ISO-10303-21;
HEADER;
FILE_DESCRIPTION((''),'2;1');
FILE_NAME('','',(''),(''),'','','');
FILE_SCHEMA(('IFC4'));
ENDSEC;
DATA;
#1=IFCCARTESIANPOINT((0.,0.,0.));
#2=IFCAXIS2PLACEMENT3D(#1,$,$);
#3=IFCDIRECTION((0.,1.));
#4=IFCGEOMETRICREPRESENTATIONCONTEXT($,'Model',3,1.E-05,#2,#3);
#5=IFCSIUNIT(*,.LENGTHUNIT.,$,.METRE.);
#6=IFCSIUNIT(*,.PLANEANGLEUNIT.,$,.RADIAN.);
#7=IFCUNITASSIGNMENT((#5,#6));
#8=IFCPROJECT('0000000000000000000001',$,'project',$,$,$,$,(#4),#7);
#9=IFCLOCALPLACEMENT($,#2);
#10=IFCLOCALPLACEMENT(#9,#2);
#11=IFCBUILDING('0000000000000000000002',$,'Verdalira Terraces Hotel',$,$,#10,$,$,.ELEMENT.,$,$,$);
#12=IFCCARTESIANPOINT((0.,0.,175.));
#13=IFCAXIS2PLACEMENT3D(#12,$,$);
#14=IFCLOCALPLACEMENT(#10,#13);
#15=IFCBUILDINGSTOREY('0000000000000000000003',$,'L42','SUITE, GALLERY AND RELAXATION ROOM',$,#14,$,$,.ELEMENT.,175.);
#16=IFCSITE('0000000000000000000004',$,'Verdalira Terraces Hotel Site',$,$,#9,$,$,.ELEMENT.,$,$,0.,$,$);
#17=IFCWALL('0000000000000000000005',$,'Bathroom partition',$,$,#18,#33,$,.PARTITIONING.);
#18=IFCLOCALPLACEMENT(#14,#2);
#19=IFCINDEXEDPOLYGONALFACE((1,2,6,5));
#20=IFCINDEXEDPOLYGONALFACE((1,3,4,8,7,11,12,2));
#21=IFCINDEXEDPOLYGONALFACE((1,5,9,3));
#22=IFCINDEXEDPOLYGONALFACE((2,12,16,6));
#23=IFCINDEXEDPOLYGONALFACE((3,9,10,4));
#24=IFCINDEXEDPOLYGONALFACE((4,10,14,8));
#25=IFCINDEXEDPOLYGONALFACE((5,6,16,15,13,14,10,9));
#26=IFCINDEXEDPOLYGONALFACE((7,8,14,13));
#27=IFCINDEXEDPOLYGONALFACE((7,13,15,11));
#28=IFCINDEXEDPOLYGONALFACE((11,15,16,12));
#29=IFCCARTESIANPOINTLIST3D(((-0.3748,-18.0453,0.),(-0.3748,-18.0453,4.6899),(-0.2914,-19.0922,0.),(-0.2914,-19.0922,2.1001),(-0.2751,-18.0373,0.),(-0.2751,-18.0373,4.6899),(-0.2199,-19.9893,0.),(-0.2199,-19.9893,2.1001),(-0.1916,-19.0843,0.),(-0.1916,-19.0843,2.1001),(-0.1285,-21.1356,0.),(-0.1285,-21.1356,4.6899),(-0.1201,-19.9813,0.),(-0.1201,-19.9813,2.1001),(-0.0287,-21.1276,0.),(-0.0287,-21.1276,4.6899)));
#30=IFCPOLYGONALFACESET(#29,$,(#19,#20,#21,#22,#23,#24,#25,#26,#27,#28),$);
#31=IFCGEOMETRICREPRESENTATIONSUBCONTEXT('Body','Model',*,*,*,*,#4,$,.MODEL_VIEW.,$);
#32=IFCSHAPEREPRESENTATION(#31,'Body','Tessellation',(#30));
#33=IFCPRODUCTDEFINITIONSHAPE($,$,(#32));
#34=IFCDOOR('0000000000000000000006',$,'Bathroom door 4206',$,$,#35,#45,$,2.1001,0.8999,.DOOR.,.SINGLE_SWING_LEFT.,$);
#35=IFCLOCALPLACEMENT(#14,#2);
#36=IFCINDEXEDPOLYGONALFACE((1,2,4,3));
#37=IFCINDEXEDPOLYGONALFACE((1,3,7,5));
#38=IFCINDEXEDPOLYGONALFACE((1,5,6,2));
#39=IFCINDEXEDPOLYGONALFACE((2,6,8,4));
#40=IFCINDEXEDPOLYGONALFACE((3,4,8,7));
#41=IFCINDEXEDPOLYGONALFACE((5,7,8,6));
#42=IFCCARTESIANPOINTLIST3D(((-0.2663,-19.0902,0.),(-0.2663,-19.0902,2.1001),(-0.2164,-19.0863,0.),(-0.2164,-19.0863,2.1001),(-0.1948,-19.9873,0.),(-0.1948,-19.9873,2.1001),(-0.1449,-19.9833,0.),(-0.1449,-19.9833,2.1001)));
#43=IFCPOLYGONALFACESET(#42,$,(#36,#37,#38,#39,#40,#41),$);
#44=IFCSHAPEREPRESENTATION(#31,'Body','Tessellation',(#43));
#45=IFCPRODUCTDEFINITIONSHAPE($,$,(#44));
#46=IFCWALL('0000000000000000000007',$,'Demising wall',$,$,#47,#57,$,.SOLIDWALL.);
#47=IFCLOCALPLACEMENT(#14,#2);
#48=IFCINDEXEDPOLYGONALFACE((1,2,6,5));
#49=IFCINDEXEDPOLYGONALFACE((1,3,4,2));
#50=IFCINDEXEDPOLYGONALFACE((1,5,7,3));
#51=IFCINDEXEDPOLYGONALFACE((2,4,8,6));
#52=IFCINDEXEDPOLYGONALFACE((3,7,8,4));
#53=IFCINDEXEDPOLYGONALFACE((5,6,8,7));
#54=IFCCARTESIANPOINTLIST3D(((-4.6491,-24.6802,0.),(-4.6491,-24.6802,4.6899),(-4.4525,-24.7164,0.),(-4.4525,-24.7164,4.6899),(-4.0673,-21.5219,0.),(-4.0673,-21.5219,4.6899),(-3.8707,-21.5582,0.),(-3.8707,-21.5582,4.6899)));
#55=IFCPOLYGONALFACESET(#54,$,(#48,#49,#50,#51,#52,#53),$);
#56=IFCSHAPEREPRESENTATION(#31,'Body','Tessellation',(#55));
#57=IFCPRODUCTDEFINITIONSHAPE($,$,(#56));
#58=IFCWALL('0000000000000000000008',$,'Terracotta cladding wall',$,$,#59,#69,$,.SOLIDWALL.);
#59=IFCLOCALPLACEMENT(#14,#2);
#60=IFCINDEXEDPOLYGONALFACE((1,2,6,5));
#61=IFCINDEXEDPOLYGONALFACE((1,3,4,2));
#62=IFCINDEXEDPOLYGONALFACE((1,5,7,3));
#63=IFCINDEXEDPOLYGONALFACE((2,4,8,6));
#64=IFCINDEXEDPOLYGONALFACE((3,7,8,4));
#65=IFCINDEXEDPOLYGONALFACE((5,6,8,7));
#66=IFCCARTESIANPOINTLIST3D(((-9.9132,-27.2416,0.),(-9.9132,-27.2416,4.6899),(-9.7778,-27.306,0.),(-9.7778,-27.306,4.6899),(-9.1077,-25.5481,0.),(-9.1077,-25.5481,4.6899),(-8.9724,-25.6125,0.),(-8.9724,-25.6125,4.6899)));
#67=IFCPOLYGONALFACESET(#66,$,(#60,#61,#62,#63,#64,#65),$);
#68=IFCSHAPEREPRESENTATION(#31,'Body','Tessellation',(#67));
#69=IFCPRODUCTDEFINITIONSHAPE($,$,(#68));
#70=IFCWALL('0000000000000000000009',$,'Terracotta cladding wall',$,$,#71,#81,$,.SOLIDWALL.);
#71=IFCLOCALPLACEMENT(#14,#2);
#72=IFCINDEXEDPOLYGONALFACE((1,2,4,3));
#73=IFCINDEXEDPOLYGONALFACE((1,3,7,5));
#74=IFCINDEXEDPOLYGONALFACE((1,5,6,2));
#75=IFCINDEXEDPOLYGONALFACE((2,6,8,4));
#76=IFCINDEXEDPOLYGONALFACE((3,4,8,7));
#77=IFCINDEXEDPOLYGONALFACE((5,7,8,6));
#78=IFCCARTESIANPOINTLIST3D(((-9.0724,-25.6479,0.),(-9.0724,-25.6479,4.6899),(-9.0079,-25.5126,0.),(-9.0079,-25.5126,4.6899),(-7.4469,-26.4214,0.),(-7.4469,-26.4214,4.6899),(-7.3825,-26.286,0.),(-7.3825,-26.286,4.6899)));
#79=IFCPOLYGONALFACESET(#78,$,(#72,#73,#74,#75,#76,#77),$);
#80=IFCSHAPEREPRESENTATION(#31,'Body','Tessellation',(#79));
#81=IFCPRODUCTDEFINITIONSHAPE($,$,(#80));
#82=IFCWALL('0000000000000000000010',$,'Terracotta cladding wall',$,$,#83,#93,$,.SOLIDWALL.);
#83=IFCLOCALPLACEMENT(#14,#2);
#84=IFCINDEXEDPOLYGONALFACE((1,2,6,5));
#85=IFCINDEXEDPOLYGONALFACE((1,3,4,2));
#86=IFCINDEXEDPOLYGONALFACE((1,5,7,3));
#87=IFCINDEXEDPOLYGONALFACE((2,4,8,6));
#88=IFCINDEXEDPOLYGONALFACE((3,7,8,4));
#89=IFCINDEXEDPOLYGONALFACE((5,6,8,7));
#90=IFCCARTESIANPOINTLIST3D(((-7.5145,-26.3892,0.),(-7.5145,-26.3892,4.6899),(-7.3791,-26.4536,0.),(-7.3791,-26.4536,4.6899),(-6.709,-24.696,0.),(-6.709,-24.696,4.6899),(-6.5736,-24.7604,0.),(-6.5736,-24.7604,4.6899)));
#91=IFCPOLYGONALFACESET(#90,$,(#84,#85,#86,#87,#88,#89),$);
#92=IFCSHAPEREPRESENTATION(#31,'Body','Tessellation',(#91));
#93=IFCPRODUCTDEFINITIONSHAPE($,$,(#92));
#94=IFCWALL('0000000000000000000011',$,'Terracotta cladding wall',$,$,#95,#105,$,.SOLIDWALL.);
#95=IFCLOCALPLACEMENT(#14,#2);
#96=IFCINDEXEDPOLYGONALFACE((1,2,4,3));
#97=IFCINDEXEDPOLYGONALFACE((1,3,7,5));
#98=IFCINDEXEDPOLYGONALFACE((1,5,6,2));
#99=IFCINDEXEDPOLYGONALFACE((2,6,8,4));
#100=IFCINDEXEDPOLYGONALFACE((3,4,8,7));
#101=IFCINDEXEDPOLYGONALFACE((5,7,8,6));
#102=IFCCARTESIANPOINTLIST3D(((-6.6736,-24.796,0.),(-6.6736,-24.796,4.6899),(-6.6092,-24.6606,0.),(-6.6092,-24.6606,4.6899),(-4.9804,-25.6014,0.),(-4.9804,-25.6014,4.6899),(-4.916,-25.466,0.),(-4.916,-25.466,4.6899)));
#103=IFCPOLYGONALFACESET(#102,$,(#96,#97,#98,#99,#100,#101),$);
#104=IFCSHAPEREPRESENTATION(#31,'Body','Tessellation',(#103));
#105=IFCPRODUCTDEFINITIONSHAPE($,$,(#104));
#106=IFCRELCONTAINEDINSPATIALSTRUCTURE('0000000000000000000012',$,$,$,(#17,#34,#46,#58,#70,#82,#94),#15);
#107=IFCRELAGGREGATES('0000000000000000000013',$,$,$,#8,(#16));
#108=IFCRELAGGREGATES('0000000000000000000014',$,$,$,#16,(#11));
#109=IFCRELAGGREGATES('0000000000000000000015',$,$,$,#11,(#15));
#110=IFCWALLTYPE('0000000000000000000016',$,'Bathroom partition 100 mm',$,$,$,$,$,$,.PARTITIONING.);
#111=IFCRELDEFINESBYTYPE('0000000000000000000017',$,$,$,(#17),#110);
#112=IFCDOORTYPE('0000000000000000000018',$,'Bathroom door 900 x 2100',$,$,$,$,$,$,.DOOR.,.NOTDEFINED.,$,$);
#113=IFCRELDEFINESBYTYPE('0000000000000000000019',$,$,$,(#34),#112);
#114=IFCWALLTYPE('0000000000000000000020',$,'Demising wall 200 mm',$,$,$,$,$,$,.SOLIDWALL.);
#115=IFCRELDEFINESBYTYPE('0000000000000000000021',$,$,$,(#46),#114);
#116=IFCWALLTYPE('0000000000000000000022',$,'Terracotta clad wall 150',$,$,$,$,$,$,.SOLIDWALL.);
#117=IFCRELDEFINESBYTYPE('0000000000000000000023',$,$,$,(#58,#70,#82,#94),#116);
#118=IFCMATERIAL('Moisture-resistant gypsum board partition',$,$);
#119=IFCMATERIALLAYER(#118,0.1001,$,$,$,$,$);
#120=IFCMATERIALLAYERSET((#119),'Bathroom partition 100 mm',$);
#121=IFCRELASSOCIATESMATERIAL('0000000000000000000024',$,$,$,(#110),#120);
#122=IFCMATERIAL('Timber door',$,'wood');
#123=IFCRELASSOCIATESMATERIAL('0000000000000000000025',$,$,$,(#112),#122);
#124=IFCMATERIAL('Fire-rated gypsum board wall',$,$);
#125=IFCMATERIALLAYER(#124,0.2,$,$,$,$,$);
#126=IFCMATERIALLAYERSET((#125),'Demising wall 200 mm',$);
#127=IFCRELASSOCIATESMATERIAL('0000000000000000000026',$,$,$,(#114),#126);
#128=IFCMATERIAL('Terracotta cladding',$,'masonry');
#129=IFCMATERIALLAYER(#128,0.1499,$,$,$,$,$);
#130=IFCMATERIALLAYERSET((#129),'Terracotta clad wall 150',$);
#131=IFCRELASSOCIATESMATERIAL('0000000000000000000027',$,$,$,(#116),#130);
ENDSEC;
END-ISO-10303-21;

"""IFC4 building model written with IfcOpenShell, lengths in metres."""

from ifc_helpers import new_model, si_unit, direction, frame, frame_2d, origin, place, context, subcontext, project, spatial, rectangle, extrude, material, layer, layer_set, type_object, element, fill, save


model = new_model("IFC4")

# Units and contexts
model_context = context("Model", 3, precision=1e-05, world=origin(), true_north=direction((0.0, 1.0)))
body_context = subcontext(model_context, "Body", "Model", "MODEL_VIEW")
ifc_project = project(units=[si_unit("LENGTHUNIT", "METRE"), si_unit("PLANEANGLEUNIT", "RADIAN")], contexts=[model_context])

# Site, building, storey
site_placement = place(None, origin())
site = spatial("IfcSite", under=ifc_project, at=site_placement, Name="Verdalira Terraces Hotel Site", CompositionType="ELEMENT", RefElevation=0.0)
building_placement = place(site_placement, origin())
building = spatial("IfcBuilding", under=site, at=building_placement, Name="Verdalira Terraces Hotel", CompositionType="ELEMENT")
storey_placement = place(building_placement, frame((0.0, 0.0, 175.0)))
storey = spatial("IfcBuildingStorey", under=building, at=storey_placement, Name="L42", Description="SUITE, GALLERY AND RELAXATION ROOM", CompositionType="ELEMENT", Elevation=175.0)

# Shared definitions
ifc_material_1 = material(Name="Moisture-resistant gypsum board partition")
ifc_layer_1 = layer(ifc_material_1, 0.1001)
ifc_layer_set_1 = layer_set([ifc_layer_1], Name="Bathroom partition 100 mm")
wall_type_1 = type_object("IfcWallType", Name="Bathroom partition 100 mm", PredefinedType="PARTITIONING", material=ifc_layer_set_1)

# Wall, opening, door
wall_1_placement = place(storey_placement, frame((-0.0786, -21.1316, 0.0), z_axis=(0.0, 0.0, 1.0), x_axis=(-0.07946, 0.996838, 0.0)))
wall_1 = element("IfcWall", 1, at=wall_1_placement, inside=storey, type_object=wall_type_1, Name="Bathroom partition", PredefinedType="PARTITIONING", context=body_context, shape_type="SweptSolid", body=[
    extrude(rectangle(XDim=3.1001, YDim=0.1001, at=frame_2d((1.55, 0.0))), origin(), (0.0, 0.0, 1.0), 4.6899),
])
opening_placement = place(wall_1_placement, frame((1.1499, 0.0, 0.0)))
opening = element("IfcOpeningElement", 2, at=opening_placement, cuts=wall_1, PredefinedType="OPENING", context=body_context, shape_type="SweptSolid", body=[
    extrude(rectangle(XDim=0.8999, YDim=2.1001, at=frame_2d((0.45, 1.05))), frame((0.0, 0.0601, 0.0), z_axis=(0.0, -1.0, 0.0), x_axis=(1.0, 0.0, 0.0)), (0.0, 0.0, 1.0), 0.1201),
])
ifc_material_2 = material(Name="Timber door", Category="wood")
door_type = type_object("IfcDoorType", Name="Bathroom door 900 x 2100", OperationType="NOTDEFINED", PredefinedType="DOOR", material=ifc_material_2)
door_placement = place(opening_placement, origin())
door = element("IfcDoor", 3, at=door_placement, inside=storey, type_object=door_type, Name="Bathroom door 4206", OperationType="SINGLE_SWING_LEFT", OverallHeight=2.1001, OverallWidth=0.8999, PredefinedType="DOOR", context=body_context, shape_type="SweptSolid", body=[
    extrude(rectangle(XDim=0.8999, YDim=2.1001, at=frame_2d((0.45, 1.05))), frame((0.0, 0.0249, 0.0), z_axis=(0.0, -1.0, 0.0), x_axis=(1.0, 0.0, 0.0)), (0.0, 0.0, 1.0), 0.05),
])
fill(opening, door)

# Walls
ifc_material_3 = material(Name="Fire-rated gypsum board wall")
ifc_layer_2 = layer(ifc_material_3, 0.2)
ifc_layer_set_2 = layer_set([ifc_layer_2], Name="Demising wall 200 mm")
wall_type_2 = type_object("IfcWallType", Name="Demising wall 200 mm", PredefinedType="SOLIDWALL", material=ifc_layer_set_2)
wall_2_placement = place(storey_placement, frame((-3.969, -21.54, 0.0), z_axis=(0.0, 0.0, 1.0), x_axis=(-0.181166, -0.983452, 0.0)))
element("IfcWall", 4, at=wall_2_placement, inside=storey, type_object=wall_type_2, Name="Demising wall", PredefinedType="SOLIDWALL", context=body_context, shape_type="SweptSolid", body=[
    extrude(rectangle(XDim=3.2114, YDim=0.2, at=frame_2d((1.6057, 0.0))), origin(), (0.0, 0.0, 1.0), 4.6899),
])
ifc_material_4 = material(Name="Terracotta cladding", Category="masonry")
ifc_layer_3 = layer(ifc_material_4, 0.1499)
ifc_layer_set_3 = layer_set([ifc_layer_3], Name="Terracotta clad wall 150")
wall_type_3 = type_object("IfcWallType", Name="Terracotta clad wall 150", PredefinedType="SOLIDWALL", material=ifc_layer_set_3)
wall_3_placement = place(storey_placement, frame((-9.8455, -27.2737, 0.0), z_axis=(0.0, 0.0, 1.0), x_axis=(0.429524, 0.903055, 0.0)))
element("IfcWall", 5, at=wall_3_placement, inside=storey, type_object=wall_type_3, Name="Terracotta cladding wall", PredefinedType="SOLIDWALL", context=body_context, shape_type="SweptSolid", body=[
    extrude(rectangle(XDim=1.8752, YDim=0.1499, at=frame_2d((0.9375, 0.0))), origin(), (0.0, 0.0, 1.0), 4.6899),
])
wall_4_placement = place(storey_placement, frame((-9.04, -25.5803, 0.0), z_axis=(0.0, 0.0, 1.0), x_axis=(0.902991, -0.42966, 0.0)))
element("IfcWall", 6, at=wall_4_placement, inside=storey, type_object=wall_type_3, Name="Terracotta cladding wall", PredefinedType="SOLIDWALL", context=body_context, shape_type="SweptSolid", body=[
    extrude(rectangle(XDim=1.8, YDim=0.1499, at=frame_2d((0.8999, 0.0))), origin(), (0.0, 0.0, 1.0), 4.6899),
])
for number, where, z_axis, x_axis, name in (
    (7, (-7.4468, -26.4214, 0.0), (0.0, 0.0, 1.0), (0.429575, 0.903031, 0.0), "Terracotta cladding wall"),
    (8, (-6.6414, -24.7283, 0.0), (0.0, 0.0, 1.0), (0.903031, -0.429575, 0.0), "Terracotta cladding wall"),
):
    element("IfcWall", number, at=place(storey_placement, frame(where, z_axis=z_axis, x_axis=x_axis)), inside=storey, type_object=wall_type_3, Name=name, PredefinedType="SOLIDWALL", context=body_context, shape_type="SweptSolid", body=[
        extrude(rectangle(XDim=1.875, YDim=0.1499, at=frame_2d((0.9375, 0.0))), origin(), (0.0, 0.0, 1.0), 4.6899),
    ])

save(model, "model.ifc")
